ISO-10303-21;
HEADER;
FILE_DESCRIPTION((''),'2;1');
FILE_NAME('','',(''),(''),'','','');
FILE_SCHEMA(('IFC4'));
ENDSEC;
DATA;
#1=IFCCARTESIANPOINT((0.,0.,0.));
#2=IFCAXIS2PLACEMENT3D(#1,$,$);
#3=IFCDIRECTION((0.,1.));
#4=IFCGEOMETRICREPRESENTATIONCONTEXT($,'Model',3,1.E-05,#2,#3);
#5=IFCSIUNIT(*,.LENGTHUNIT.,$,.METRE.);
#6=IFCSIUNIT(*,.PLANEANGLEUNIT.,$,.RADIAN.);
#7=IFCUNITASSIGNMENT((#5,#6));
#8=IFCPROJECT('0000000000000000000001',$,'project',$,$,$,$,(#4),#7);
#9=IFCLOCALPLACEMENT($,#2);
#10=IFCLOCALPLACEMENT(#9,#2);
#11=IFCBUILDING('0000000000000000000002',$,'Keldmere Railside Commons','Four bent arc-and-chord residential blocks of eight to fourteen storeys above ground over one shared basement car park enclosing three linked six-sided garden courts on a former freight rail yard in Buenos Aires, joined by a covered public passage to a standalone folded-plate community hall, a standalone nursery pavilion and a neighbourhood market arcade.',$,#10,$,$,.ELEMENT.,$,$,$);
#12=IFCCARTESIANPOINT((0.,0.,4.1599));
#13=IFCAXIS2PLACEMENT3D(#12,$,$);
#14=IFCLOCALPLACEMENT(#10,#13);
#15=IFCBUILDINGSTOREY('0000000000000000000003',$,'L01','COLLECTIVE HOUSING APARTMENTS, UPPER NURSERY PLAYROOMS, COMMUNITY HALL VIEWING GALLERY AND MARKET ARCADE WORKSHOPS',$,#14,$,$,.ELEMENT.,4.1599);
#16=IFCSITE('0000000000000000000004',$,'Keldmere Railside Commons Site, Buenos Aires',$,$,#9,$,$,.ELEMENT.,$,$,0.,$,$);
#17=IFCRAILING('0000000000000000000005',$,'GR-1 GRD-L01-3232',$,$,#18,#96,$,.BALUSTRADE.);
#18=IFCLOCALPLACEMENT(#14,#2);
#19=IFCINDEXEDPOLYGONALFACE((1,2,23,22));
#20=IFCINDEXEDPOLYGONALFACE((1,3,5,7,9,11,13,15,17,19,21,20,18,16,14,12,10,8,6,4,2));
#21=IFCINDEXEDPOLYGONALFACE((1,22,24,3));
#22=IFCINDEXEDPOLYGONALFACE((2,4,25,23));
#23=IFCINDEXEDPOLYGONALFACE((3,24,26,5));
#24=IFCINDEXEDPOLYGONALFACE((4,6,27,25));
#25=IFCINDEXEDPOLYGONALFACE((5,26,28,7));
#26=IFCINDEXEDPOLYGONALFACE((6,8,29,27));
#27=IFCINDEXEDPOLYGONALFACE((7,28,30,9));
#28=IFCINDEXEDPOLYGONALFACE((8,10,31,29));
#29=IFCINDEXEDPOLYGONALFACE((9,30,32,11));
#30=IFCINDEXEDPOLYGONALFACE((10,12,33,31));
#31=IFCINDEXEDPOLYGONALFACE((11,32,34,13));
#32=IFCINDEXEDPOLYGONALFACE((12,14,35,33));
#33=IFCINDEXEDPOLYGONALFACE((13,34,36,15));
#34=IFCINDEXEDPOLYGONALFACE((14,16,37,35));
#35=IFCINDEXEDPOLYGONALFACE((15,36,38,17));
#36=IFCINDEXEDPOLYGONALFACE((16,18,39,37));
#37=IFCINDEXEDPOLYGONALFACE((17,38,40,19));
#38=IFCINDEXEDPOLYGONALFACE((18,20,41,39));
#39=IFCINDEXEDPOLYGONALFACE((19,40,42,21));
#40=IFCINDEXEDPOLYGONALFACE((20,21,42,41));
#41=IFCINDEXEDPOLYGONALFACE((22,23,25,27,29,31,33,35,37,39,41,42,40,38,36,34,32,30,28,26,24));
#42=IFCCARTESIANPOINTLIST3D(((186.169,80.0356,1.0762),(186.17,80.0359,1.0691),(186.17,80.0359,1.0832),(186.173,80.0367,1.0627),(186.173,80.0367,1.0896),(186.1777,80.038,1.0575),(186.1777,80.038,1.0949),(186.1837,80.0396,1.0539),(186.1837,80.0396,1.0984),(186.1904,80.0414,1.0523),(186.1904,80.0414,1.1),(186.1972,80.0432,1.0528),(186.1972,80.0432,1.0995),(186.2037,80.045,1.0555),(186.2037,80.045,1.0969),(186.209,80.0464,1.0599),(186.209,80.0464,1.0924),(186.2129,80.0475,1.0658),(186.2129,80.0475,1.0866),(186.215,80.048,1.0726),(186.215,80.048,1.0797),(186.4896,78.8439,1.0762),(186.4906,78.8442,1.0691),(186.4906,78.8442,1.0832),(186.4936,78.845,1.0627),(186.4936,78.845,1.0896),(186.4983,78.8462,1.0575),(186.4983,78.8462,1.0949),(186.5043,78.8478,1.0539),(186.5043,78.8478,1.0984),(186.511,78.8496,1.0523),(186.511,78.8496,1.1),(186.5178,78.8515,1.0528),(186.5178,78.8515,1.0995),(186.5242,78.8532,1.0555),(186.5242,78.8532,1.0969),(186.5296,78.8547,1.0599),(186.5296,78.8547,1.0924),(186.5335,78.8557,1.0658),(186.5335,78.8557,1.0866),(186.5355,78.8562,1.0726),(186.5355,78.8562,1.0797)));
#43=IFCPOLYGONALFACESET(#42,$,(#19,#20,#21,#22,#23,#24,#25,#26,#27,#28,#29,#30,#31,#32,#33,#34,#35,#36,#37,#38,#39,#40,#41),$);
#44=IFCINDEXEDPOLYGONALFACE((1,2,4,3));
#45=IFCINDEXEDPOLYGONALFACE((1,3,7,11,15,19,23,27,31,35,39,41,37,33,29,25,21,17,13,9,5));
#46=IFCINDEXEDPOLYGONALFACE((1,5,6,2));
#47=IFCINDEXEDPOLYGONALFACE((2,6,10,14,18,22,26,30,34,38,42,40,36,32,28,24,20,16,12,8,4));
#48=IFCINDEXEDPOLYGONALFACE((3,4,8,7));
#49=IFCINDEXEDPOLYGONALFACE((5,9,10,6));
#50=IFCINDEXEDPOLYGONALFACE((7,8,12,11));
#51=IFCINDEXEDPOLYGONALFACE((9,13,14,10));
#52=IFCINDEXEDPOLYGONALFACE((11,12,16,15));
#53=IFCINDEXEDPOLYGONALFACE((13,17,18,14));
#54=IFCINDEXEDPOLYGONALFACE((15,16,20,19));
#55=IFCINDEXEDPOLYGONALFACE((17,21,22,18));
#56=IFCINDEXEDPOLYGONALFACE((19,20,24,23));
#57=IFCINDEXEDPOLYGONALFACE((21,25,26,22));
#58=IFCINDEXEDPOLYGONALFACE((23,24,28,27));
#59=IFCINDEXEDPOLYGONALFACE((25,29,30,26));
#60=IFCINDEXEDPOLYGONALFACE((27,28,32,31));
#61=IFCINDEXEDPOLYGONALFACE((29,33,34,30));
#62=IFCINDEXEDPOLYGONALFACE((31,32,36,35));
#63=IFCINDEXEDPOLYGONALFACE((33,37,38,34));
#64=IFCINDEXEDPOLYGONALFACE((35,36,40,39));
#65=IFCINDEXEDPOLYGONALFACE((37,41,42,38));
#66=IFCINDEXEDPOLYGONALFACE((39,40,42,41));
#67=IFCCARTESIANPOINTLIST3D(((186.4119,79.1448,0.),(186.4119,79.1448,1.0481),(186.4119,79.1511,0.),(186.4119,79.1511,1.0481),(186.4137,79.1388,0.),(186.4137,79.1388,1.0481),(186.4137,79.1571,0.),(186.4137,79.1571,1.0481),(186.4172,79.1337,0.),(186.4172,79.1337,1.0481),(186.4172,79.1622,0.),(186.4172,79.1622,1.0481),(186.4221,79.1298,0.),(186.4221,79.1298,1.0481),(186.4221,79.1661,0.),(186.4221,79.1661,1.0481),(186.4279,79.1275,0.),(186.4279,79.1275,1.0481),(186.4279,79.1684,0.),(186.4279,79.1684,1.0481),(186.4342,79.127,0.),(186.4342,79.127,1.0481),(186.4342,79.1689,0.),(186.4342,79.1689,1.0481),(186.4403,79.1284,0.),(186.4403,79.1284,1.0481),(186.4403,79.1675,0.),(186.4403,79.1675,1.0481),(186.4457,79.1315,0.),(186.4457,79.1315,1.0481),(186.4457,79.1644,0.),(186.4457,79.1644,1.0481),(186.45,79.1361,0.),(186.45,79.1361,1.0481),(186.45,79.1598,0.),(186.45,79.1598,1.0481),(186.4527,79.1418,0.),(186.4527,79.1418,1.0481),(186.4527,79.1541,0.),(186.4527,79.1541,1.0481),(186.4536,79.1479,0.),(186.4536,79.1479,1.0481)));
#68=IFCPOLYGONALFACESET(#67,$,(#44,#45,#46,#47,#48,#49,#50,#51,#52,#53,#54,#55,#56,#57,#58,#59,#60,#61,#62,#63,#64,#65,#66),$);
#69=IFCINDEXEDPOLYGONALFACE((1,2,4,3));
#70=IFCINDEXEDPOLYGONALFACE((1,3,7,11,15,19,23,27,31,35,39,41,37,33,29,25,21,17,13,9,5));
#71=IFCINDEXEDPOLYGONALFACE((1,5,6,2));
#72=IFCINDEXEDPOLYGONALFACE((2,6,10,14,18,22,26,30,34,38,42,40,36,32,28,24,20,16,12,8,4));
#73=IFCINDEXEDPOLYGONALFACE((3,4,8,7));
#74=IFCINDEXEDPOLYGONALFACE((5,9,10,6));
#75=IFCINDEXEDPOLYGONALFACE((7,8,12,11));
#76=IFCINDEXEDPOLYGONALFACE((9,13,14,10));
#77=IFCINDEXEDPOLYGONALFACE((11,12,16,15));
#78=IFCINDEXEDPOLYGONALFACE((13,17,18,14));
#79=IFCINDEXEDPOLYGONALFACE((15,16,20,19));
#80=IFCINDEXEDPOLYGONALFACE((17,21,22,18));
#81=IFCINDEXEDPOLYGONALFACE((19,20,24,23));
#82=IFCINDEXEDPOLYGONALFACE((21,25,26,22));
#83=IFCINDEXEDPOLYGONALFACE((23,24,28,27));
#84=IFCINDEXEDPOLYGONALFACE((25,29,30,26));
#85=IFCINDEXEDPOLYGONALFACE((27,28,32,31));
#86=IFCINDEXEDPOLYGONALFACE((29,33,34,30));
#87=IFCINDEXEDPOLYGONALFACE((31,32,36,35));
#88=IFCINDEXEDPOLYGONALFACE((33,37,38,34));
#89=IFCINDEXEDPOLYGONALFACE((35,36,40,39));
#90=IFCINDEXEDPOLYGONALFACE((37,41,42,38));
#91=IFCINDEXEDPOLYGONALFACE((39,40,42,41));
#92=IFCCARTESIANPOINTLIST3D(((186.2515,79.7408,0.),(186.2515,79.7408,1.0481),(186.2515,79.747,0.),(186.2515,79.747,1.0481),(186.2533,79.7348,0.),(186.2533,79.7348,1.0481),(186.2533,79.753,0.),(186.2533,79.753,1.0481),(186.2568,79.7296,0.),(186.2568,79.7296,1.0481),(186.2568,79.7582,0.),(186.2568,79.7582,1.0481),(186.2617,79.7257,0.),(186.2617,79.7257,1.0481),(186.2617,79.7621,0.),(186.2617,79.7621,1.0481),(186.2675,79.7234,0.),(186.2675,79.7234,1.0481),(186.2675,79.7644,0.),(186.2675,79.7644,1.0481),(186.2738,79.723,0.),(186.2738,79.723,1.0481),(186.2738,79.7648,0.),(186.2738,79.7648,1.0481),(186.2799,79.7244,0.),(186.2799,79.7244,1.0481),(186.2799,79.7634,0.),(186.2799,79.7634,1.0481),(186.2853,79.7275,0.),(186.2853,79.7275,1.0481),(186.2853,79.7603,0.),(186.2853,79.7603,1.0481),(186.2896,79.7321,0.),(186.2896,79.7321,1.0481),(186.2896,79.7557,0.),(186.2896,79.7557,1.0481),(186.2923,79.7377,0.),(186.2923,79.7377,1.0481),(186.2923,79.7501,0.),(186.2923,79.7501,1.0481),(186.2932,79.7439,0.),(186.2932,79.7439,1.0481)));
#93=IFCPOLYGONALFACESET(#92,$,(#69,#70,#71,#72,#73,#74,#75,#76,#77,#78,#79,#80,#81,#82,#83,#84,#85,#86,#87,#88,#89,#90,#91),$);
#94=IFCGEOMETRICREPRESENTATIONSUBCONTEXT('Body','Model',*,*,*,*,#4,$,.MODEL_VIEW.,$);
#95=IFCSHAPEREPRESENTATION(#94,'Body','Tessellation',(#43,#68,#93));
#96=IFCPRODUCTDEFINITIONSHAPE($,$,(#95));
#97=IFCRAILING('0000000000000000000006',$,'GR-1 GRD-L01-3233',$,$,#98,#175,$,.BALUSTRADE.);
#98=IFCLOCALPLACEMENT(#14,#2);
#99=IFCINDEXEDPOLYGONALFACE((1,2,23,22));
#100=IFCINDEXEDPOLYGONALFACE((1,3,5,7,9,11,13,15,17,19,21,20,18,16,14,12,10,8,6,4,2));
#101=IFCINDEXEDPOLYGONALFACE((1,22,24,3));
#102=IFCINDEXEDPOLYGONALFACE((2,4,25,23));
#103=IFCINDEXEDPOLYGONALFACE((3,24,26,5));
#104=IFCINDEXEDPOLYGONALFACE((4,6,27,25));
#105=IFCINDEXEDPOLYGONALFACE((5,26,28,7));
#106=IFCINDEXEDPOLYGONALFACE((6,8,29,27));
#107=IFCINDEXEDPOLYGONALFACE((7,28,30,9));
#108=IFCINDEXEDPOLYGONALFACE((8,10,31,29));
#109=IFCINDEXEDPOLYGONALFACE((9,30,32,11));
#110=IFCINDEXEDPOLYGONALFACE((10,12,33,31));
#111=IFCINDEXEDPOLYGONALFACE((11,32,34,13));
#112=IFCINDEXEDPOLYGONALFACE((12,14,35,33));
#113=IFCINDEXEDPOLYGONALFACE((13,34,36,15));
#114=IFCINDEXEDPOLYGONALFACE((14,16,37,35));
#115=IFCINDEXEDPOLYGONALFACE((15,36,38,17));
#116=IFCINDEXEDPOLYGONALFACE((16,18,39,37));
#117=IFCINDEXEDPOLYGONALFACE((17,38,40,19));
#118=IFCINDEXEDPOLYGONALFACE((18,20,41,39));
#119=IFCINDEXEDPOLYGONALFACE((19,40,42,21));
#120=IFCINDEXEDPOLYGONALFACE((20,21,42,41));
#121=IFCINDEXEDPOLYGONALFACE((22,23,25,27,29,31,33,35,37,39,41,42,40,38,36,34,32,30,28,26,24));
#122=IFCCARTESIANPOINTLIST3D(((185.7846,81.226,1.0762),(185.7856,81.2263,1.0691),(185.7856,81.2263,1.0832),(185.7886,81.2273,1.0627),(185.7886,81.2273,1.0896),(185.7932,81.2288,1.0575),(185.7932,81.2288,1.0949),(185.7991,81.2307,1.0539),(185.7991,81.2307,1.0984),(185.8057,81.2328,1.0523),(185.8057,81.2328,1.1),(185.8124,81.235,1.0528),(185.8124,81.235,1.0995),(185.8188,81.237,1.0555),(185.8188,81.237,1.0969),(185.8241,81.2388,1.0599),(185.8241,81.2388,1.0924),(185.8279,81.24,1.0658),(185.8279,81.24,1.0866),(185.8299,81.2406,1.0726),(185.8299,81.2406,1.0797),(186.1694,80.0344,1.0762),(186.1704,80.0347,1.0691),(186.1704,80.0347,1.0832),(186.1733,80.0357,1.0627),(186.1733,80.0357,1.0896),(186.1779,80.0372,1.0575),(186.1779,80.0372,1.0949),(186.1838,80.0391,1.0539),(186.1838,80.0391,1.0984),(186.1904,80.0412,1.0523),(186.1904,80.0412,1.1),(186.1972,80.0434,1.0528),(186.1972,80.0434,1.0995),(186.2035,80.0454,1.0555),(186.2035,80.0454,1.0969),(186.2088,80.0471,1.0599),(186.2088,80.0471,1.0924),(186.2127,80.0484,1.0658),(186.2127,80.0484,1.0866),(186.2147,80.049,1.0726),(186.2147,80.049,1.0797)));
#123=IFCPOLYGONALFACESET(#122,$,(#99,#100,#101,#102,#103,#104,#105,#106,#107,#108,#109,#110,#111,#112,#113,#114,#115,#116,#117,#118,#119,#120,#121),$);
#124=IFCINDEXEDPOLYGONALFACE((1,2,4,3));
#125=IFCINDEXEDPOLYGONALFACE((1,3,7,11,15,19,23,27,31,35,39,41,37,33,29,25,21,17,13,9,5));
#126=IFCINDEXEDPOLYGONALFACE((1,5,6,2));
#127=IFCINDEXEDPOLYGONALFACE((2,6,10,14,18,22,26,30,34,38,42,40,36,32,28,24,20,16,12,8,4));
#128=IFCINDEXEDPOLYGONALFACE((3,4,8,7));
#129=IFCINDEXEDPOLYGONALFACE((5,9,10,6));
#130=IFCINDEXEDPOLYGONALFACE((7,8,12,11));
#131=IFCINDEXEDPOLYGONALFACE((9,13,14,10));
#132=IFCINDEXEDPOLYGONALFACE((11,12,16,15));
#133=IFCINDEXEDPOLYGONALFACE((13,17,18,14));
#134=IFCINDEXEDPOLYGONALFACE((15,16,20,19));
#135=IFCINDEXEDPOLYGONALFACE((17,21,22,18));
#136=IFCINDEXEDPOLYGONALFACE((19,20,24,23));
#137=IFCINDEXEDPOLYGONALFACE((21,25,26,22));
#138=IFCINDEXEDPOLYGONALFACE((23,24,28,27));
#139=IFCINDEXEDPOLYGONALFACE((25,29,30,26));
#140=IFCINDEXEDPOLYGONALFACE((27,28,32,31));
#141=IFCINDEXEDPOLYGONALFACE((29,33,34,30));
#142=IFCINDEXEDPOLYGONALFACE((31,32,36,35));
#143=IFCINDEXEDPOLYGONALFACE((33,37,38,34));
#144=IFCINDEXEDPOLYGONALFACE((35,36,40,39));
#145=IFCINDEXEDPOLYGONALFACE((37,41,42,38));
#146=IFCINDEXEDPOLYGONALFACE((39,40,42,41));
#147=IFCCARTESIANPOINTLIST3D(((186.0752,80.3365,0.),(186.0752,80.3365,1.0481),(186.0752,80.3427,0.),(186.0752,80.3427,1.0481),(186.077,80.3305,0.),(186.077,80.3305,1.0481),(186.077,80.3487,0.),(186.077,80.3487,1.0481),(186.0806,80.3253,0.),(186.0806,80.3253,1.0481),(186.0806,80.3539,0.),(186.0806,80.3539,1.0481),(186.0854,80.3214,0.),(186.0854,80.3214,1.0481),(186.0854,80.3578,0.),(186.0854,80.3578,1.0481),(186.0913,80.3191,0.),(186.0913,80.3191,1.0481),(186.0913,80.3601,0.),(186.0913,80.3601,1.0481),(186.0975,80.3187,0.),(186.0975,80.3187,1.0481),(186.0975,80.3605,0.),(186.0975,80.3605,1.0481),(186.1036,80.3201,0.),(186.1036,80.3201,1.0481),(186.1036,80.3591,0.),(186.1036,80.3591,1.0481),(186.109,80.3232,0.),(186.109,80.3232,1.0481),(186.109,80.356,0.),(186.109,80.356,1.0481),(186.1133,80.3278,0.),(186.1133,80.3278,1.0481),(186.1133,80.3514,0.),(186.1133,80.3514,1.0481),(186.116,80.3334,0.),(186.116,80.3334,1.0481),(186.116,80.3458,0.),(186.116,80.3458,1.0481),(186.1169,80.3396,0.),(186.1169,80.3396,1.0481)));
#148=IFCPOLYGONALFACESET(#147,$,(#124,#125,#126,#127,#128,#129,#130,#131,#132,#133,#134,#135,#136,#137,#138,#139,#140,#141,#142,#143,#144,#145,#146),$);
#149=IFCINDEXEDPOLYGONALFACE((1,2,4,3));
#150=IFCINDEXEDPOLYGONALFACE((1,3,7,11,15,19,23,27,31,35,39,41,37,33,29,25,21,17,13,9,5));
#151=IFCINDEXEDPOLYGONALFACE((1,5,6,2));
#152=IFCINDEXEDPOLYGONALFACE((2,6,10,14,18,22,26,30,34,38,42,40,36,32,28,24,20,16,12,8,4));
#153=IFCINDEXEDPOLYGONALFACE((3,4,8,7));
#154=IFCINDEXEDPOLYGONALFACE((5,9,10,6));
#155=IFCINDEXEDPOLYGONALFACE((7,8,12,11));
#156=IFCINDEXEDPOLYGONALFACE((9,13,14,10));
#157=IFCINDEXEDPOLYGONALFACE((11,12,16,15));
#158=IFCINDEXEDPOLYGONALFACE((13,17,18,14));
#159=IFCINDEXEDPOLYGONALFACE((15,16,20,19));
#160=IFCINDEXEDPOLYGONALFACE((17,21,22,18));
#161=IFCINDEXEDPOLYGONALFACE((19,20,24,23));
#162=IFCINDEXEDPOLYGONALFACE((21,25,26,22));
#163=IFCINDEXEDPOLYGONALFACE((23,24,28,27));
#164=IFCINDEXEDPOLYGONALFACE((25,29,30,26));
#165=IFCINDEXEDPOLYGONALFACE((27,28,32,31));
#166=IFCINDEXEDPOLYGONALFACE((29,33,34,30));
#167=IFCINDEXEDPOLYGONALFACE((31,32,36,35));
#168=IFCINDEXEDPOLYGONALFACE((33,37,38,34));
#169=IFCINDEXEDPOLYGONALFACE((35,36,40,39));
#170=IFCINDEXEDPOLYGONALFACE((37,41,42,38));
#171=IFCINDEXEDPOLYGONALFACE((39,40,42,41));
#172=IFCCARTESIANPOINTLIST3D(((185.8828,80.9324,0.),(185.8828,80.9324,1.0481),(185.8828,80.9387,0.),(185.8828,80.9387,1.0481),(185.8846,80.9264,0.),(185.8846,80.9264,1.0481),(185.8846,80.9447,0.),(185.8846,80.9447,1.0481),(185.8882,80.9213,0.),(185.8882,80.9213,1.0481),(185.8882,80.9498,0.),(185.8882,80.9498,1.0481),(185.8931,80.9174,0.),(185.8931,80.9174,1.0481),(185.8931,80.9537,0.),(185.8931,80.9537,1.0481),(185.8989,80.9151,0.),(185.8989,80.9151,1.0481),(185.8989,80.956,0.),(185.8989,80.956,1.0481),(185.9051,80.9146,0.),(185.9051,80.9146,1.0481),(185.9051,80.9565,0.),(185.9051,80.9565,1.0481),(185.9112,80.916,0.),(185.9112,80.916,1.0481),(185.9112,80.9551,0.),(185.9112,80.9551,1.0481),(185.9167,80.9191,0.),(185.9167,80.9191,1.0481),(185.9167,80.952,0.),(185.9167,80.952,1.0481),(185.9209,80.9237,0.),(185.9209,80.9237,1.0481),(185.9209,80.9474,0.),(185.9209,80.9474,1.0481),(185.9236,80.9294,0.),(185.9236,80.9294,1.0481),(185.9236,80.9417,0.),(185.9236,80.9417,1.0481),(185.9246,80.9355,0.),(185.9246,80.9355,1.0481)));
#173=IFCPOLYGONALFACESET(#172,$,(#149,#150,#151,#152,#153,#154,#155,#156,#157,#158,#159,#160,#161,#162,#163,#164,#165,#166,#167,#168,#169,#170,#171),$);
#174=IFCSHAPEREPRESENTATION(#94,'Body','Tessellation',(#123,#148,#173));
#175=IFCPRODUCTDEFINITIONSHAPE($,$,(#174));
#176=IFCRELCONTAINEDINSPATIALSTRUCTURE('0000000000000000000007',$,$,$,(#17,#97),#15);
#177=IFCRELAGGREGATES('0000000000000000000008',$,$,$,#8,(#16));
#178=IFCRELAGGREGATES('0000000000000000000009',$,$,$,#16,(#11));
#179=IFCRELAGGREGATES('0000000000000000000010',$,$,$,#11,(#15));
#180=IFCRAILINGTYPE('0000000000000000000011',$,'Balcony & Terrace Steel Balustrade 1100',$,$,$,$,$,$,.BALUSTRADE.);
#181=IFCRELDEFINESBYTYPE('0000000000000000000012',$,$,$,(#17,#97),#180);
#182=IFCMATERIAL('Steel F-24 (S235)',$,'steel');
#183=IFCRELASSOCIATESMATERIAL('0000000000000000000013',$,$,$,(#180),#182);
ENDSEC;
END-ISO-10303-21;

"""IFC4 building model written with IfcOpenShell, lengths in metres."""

from ifc_helpers import new_model, si_unit, direction, frame, origin, origin_2d, place, context, subcontext, project, spatial, circle, extrude, material, type_object, element, save


model = new_model("IFC4")

# Units and contexts
model_context = context("Model", 3, precision=1e-05, world=origin(), true_north=direction((0.0, 1.0)))
body_context = subcontext(model_context, "Body", "Model", "MODEL_VIEW")
ifc_project = project(units=[si_unit("LENGTHUNIT", "METRE"), si_unit("PLANEANGLEUNIT", "RADIAN")], contexts=[model_context])

# Site, building, storey
site_placement = place(None, origin())
site = spatial("IfcSite", under=ifc_project, at=site_placement, Name="Keldmere Railside Commons Site, Buenos Aires", CompositionType="ELEMENT", RefElevation=0.0)
building_placement = place(site_placement, origin())
building = spatial("IfcBuilding", under=site, at=building_placement, Name="Keldmere Railside Commons", Description="Four bent arc-and-chord residential blocks of eight to fourteen storeys above ground over one shared basement car park enclosing three linked six-sided garden courts on a former freight rail yard in Buenos Aires, joined by a covered public passage to a standalone folded-plate community hall, a standalone nursery pavilion and a neighbourhood market arcade.", CompositionType="ELEMENT")
storey_placement = place(building_placement, frame((0.0, 0.0, 4.1599)))
storey = spatial("IfcBuildingStorey", under=building, at=storey_placement, Name="L01", Description="COLLECTIVE HOUSING APARTMENTS, UPPER NURSERY PLAYROOMS, COMMUNITY HALL VIEWING GALLERY AND MARKET ARCADE WORKSHOPS", CompositionType="ELEMENT", Elevation=4.1599)

# Shared definitions
ifc_material_1 = material(Name="Steel F-24 (S235)", Category="steel")

# Railings
railing_type_1 = type_object("IfcRailingType", Name="Balcony & Terrace Steel Balustrade 1100", PredefinedType="BALUSTRADE", material=ifc_material_1)
railing_1_placement = place(storey_placement, frame((186.5127, 78.8501, 0.0)))
element("IfcRailing", 1, at=railing_1_placement, inside=storey, type_object=railing_type_1, Name="GR-1 GRD-L01-3232", PredefinedType="BALUSTRADE", context=body_context, shape_type="SweptSolid", body=[
    extrude(circle(Radius=0.0239, at=origin_2d()), frame((0.0, 0.0, 1.0762), z_axis=(-0.259768, 0.965671, 0.0), x_axis=(-0.965671, -0.259768, 0.0)), (0.0, 0.0, 1.0), 1.2341),
    extrude(circle(Radius=0.021, at=origin_2d()), frame((-0.0801, 0.2979, 0.0)), (0.0, 0.0, 1.0), 1.0481),
    extrude(circle(Radius=0.021, at=origin_2d()), frame((-0.2405, 0.8938, 0.0)), (0.0, 0.0, 1.0), 1.0481),
])
railing_2_placement = place(storey_placement, frame((186.1921, 80.0417, 0.0)))
element("IfcRailing", 2, at=railing_2_placement, inside=storey, type_object=railing_type_1, Name="GR-1 GRD-L01-3233", PredefinedType="BALUSTRADE", context=body_context, shape_type="SweptSolid", body=[
    extrude(circle(Radius=0.0239, at=origin_2d()), frame((0.0, 0.0, 1.0762), z_axis=(-0.307265, 0.951624, 0.0), x_axis=(-0.951624, -0.307265, 0.0)), (0.0, 0.0, 1.0), 1.2522),
    extrude(circle(Radius=0.021, at=origin_2d()), frame((-0.0962, 0.2979, 0.0)), (0.0, 0.0, 1.0), 1.0481),
    extrude(circle(Radius=0.021, at=origin_2d()), frame((-0.2886, 0.8938, 0.0)), (0.0, 0.0, 1.0), 1.0481),
])

save(model, "model.ifc")
